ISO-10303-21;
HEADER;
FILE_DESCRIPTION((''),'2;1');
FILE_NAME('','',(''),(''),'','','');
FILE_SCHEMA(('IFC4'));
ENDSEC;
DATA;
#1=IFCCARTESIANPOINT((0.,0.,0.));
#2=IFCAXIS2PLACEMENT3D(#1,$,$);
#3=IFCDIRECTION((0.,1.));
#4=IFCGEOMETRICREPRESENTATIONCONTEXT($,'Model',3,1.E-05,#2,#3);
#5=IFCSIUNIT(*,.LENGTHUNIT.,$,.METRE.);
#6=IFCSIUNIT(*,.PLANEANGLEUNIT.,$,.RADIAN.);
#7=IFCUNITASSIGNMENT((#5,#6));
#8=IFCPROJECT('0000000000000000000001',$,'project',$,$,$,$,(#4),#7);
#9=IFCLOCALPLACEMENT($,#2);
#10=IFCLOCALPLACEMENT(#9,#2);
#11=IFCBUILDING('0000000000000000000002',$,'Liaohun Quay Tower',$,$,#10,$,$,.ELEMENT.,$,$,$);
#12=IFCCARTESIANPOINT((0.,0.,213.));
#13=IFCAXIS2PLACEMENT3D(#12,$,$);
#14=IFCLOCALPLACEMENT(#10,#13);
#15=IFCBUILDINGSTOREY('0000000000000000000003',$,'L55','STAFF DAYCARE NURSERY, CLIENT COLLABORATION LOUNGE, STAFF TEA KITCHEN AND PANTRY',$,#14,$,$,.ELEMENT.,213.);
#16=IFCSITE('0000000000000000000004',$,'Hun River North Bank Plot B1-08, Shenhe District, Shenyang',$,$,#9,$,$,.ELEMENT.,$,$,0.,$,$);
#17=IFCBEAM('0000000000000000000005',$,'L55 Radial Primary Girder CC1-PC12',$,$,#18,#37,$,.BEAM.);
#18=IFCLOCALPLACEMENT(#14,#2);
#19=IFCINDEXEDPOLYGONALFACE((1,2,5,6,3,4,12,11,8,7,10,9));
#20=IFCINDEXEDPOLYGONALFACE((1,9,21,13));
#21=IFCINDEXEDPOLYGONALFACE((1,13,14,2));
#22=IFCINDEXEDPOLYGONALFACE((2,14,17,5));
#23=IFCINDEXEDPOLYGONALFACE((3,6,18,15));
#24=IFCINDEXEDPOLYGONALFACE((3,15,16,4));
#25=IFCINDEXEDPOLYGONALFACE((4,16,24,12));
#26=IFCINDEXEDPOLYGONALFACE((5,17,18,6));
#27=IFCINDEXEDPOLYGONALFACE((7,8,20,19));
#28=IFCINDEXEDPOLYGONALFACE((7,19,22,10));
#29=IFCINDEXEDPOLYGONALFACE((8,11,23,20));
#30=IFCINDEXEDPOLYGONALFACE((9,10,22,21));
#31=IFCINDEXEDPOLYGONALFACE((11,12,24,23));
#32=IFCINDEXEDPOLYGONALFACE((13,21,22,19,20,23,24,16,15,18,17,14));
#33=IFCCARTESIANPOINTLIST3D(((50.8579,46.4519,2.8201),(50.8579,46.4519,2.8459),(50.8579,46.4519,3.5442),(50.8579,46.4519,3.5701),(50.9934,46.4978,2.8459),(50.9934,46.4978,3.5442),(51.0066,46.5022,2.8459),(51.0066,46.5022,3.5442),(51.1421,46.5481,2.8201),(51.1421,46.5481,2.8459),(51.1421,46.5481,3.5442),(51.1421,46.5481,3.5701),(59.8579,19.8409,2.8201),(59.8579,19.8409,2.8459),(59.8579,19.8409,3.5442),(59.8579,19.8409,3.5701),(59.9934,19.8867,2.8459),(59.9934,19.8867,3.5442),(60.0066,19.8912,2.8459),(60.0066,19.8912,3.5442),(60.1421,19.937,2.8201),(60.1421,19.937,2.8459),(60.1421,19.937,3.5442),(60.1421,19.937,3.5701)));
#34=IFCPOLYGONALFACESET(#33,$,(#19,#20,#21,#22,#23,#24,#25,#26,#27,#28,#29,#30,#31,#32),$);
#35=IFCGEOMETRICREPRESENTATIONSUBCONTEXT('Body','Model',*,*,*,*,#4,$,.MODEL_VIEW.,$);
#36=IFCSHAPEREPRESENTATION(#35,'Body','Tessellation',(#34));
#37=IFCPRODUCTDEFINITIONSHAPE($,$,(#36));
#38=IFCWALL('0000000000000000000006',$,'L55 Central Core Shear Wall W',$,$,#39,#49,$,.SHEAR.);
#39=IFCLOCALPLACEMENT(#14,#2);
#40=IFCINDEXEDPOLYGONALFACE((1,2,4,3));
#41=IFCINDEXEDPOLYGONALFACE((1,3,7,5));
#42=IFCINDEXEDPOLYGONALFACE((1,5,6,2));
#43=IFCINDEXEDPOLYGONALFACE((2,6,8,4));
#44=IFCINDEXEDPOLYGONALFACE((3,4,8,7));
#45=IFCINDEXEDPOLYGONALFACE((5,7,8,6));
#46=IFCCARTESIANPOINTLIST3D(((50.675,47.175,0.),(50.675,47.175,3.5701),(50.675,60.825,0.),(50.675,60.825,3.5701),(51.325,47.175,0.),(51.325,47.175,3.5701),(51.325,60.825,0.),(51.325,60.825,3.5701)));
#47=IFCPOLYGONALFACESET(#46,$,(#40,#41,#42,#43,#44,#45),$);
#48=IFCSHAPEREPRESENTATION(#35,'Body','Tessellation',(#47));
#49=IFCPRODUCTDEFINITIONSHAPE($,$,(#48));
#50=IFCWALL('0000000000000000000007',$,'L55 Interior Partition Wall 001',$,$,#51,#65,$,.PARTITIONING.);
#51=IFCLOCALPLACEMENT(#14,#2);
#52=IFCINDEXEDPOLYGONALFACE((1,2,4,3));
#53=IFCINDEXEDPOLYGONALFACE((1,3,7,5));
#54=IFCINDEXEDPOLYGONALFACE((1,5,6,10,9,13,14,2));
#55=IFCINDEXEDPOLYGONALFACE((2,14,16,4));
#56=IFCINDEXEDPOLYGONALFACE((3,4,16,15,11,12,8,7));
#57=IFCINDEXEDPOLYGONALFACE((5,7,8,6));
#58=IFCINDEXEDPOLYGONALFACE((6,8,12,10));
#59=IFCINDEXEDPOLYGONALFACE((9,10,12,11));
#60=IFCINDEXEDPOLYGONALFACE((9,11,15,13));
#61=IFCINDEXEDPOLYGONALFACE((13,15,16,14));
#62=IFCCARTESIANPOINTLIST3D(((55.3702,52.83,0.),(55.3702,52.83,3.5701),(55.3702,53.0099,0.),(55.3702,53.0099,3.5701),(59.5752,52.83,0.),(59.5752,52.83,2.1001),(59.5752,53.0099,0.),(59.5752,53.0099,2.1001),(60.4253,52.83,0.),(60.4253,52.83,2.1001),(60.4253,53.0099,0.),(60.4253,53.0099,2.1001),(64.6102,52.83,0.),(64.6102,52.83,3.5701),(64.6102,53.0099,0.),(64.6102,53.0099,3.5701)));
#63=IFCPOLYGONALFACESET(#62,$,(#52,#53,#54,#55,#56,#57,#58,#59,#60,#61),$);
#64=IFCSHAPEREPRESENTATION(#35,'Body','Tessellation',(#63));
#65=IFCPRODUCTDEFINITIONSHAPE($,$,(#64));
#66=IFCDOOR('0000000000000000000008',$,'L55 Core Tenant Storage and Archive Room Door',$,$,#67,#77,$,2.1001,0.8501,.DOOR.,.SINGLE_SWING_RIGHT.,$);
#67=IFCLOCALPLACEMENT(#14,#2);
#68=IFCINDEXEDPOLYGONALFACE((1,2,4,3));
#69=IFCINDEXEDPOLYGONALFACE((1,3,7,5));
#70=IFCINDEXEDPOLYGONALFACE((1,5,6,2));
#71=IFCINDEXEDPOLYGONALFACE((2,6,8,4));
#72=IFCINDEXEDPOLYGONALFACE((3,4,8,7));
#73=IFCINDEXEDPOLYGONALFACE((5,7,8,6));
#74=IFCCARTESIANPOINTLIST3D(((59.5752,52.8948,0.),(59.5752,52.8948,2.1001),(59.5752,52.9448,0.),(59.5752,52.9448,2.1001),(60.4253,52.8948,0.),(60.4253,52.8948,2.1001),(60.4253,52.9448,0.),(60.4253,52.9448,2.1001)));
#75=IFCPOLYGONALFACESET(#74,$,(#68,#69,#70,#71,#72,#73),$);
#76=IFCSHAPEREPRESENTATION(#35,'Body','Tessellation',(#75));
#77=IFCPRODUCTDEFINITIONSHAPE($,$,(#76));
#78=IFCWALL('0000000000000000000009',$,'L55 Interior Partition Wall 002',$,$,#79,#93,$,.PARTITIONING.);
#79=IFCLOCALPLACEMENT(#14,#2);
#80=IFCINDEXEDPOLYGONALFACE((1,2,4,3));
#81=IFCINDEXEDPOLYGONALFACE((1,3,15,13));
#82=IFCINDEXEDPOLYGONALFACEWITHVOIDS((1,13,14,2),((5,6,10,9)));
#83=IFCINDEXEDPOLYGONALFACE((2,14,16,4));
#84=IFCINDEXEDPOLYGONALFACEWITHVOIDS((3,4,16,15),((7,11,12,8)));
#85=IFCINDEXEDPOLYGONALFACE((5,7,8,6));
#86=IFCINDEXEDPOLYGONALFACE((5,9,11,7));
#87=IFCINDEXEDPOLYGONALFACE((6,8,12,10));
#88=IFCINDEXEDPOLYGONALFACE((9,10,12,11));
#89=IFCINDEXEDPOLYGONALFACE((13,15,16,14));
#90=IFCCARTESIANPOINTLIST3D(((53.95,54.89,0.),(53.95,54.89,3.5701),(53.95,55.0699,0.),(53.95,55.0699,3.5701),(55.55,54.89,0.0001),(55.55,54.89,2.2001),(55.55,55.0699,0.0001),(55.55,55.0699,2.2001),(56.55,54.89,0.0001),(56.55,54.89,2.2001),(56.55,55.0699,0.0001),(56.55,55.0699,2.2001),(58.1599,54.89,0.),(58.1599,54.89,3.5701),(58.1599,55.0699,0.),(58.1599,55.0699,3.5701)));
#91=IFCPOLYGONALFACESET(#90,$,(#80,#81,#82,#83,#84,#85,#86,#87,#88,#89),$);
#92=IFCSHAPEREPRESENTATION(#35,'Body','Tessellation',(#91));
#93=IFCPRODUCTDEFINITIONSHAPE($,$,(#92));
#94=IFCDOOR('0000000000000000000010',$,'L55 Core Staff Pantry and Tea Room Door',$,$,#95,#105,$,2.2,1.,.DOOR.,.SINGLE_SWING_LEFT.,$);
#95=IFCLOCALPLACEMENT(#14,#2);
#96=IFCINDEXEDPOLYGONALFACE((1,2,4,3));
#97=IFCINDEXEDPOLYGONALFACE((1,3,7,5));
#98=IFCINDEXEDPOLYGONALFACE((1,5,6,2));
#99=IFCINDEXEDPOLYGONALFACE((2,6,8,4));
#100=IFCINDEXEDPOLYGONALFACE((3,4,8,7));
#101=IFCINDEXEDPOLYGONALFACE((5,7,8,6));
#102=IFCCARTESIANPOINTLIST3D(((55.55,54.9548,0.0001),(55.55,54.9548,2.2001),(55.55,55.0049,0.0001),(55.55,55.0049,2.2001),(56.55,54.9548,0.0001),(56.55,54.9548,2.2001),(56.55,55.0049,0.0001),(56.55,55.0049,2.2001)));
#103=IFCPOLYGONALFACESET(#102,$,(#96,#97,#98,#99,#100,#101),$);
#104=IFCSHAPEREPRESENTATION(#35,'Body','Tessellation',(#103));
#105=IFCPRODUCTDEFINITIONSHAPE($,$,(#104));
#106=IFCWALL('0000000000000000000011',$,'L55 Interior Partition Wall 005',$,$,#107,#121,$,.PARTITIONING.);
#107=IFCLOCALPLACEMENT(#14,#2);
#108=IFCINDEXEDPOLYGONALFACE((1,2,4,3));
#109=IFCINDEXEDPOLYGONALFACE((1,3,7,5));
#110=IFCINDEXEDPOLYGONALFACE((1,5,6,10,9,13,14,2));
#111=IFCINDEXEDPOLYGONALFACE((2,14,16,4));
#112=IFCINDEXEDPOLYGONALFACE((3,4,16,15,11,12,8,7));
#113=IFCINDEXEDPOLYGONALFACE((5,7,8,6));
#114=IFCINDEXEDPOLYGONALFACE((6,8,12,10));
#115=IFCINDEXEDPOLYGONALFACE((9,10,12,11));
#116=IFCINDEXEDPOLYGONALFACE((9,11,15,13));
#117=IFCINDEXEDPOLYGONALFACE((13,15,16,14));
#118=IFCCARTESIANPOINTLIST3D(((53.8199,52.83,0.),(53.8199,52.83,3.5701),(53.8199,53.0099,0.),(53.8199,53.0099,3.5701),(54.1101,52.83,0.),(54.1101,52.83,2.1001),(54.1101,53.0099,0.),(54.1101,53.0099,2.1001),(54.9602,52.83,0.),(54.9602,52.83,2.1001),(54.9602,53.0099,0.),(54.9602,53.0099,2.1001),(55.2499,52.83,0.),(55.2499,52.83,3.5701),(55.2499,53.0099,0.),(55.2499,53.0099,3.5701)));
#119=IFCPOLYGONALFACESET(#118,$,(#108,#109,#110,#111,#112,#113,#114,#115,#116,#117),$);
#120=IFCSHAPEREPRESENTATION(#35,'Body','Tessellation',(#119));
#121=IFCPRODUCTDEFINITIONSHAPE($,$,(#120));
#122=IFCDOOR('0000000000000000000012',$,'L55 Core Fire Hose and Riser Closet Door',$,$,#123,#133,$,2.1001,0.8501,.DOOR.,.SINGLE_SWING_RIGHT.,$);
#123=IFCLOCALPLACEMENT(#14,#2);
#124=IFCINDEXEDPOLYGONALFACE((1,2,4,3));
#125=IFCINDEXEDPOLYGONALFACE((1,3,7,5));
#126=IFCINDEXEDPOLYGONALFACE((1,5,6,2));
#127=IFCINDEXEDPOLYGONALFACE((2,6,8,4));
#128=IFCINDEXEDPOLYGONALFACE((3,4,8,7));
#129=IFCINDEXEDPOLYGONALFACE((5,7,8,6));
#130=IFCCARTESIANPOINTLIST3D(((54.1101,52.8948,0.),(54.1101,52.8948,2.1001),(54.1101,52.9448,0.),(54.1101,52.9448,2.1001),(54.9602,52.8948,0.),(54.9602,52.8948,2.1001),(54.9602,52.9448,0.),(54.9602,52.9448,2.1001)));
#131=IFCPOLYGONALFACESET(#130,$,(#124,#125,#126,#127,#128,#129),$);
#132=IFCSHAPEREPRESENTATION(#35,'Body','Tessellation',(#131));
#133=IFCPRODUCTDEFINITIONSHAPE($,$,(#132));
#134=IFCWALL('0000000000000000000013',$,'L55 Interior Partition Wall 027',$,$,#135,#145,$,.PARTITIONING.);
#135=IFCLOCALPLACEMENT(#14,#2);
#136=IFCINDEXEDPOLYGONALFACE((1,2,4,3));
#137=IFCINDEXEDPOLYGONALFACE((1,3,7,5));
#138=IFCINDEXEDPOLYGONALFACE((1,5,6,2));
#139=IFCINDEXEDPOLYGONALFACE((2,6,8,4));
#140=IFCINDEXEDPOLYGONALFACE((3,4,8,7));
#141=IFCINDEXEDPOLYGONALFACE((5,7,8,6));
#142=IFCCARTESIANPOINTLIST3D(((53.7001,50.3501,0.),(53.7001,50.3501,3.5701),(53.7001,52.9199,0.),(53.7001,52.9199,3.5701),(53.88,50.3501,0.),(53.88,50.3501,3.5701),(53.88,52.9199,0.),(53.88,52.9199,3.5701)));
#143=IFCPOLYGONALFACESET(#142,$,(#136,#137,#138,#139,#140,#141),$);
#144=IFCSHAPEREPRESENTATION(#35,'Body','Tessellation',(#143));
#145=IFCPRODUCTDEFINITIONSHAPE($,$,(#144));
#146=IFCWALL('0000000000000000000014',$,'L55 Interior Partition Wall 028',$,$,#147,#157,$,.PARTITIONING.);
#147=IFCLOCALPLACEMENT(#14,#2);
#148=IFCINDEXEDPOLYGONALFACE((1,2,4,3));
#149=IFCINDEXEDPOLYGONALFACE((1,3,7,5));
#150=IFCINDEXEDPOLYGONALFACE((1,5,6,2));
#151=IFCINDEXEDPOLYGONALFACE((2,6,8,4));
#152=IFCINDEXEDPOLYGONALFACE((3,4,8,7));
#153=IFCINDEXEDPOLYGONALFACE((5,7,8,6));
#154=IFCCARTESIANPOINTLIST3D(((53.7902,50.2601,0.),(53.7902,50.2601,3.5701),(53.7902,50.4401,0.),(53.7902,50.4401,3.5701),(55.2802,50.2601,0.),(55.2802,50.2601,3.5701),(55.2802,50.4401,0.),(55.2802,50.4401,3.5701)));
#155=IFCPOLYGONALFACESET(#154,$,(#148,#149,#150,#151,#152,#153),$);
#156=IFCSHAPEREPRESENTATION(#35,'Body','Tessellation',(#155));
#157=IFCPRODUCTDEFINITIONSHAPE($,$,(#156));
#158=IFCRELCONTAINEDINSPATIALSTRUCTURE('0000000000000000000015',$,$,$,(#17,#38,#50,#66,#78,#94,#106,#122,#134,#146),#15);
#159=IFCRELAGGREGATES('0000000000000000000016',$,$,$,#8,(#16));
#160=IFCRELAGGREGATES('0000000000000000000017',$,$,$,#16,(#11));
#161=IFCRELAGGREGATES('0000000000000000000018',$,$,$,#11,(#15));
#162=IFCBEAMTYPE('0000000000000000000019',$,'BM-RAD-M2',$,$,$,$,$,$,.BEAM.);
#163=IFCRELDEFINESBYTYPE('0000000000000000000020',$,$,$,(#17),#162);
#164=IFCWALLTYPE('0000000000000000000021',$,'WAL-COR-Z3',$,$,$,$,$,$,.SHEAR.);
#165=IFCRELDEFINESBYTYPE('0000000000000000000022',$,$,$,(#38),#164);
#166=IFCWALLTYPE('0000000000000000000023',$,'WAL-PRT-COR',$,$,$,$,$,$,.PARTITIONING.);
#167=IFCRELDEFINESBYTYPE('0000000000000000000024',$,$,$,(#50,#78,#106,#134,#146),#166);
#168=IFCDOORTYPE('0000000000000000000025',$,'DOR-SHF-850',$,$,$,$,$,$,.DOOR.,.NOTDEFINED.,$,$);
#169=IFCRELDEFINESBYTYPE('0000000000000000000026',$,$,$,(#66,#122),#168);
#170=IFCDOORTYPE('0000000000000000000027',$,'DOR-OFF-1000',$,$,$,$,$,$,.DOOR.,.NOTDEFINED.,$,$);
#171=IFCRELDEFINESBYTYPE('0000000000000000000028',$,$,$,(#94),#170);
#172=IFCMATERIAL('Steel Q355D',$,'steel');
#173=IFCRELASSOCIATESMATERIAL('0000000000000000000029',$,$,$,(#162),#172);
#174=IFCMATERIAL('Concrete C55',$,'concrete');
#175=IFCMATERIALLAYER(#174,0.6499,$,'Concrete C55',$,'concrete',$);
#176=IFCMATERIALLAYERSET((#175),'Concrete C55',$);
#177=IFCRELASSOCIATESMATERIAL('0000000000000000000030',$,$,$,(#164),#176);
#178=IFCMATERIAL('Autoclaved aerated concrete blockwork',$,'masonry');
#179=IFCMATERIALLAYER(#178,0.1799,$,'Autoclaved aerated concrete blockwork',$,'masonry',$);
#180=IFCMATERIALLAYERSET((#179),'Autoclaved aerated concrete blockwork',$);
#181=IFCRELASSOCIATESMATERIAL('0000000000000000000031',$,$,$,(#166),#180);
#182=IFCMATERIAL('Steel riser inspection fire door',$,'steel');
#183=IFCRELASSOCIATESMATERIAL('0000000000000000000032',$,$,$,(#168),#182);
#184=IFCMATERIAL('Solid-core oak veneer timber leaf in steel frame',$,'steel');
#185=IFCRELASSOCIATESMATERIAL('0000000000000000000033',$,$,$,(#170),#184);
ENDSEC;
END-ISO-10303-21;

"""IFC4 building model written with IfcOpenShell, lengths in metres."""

from ifc_helpers import new_model, si_unit, direction, frame, frame_2d, origin, origin_2d, place, context, subcontext, project, spatial, rectangle, i_section, extrude, source, transform, mapped, material, layer, layer_set, material_profile, profile_set, type_object, element, fill, save


model = new_model("IFC4")

# Units and contexts
model_context = context("Model", 3, precision=1e-05, world=origin(), true_north=direction((0.0, 1.0)))
body_context = subcontext(model_context, "Body", "Model", "MODEL_VIEW")
ifc_project = project(units=[si_unit("LENGTHUNIT", "METRE"), si_unit("PLANEANGLEUNIT", "RADIAN")], contexts=[model_context])

# Site, building, storey
site_placement = place(None, origin())
site = spatial("IfcSite", under=ifc_project, at=site_placement, Name="Hun River North Bank Plot B1-08, Shenhe District, Shenyang", CompositionType="ELEMENT", RefElevation=0.0)
building_placement = place(site_placement, origin())
building = spatial("IfcBuilding", under=site, at=building_placement, Name="Liaohun Quay Tower", CompositionType="ELEMENT")
storey_placement = place(building_placement, frame((0.0, 0.0, 213.0)))
storey = spatial("IfcBuildingStorey", under=building, at=storey_placement, Name="L55", Description="STAFF DAYCARE NURSERY, CLIENT COLLABORATION LOUNGE, STAFF TEA KITCHEN AND PANTRY", CompositionType="ELEMENT", Elevation=213.0)

# Beam
ifc_material_1 = material(Name="Steel Q355D", Category="steel")
ifc_material_profile = material_profile(ifc_material_1, i_section(OverallWidth=0.3, OverallDepth=0.75, WebThickness=0.0139, FlangeThickness=0.0259, at=origin_2d()), Name="HN750x300x14x26")
ifc_profile_set = profile_set([ifc_material_profile], Name="Steel Q355D")
beam_type = type_object("IfcBeamType", Name="BM-RAD-M2", PredefinedType="BEAM", material=ifc_profile_set)
shared_shape_1 = source(origin(), body_context, "Body", "SweptSolid", [
    extrude(i_section(OverallWidth=0.3, OverallDepth=0.75, WebThickness=0.0139, FlangeThickness=0.0259, at=origin_2d()), origin(), (0.0, 0.0, 1.0), 28.0918),
])
beam_placement = place(storey_placement, frame((51.0, 46.5, 3.1951), z_axis=(0.320378, -0.94729, 0.0), x_axis=(0.94729, 0.320378, 0.0)))
element("IfcBeam", 1, at=beam_placement, inside=storey, type_object=beam_type, Name="L55 Radial Primary Girder CC1-PC12", PredefinedType="BEAM", context=body_context, shape_type="MappedRepresentation", body=[
    mapped(shared_shape_1, transform((0.0, 0.0, 0.0), x_axis=(1.0, 0.0, 0.0), y_axis=(0.0, 1.0, 0.0), z_axis=(0.0, 0.0, 1.0), scale=1.0)),
])

# Wall
ifc_material_2 = material(Name="Concrete C55", Category="concrete")
ifc_layer_1 = layer(ifc_material_2, 0.6499, Name="Concrete C55", Category="concrete")
ifc_layer_set_1 = layer_set([ifc_layer_1], Name="Concrete C55")
wall_type_1 = type_object("IfcWallType", Name="WAL-COR-Z3", PredefinedType="SHEAR", material=ifc_layer_set_1)
wall_1_placement = place(storey_placement, frame((51.0, 47.175, 0.0), z_axis=(0.0, 0.0, 1.0), x_axis=(0.0, 1.0, 0.0)))
element("IfcWall", 2, at=wall_1_placement, inside=storey, type_object=wall_type_1, Name="L55 Central Core Shear Wall W", PredefinedType="SHEAR", context=body_context, shape_type="SweptSolid", body=[
    extrude(rectangle(XDim=13.6499, YDim=0.6499, at=frame_2d((6.825, 0.0))), origin(), (0.0, 0.0, 1.0), 3.5701),
])

# Walls, openings, doors
ifc_material_3 = material(Name="Autoclaved aerated concrete blockwork", Category="masonry")
ifc_layer_2 = layer(ifc_material_3, 0.1799, Name="Autoclaved aerated concrete blockwork", Category="masonry")
ifc_layer_set_2 = layer_set([ifc_layer_2], Name="Autoclaved aerated concrete blockwork")
wall_type_2 = type_object("IfcWallType", Name="WAL-PRT-COR", PredefinedType="PARTITIONING", material=ifc_layer_set_2)
wall_2_placement = place(storey_placement, frame((55.3701, 52.9199, 0.0), z_axis=(0.0, 0.0, 1.0), x_axis=(1.0, 0.0, 0.0)))
wall_2 = element("IfcWall", 3, at=wall_2_placement, inside=storey, type_object=wall_type_2, Name="L55 Interior Partition Wall 001", PredefinedType="PARTITIONING", context=body_context, shape_type="SweptSolid", body=[
    extrude(rectangle(XDim=9.24, YDim=0.1799, at=frame_2d((4.6201, 0.0))), origin(), (0.0, 0.0, 1.0), 3.5701),
])
shared_shape_2 = source(origin(), body_context, "Body", "SweptSolid", [
    extrude(rectangle(XDim=0.8501, YDim=2.1001, at=frame_2d((0.425, 1.05))), frame((0.0, 0.0999, 0.0), z_axis=(0.0, -1.0, 0.0), x_axis=(1.0, 0.0, 0.0)), (0.0, 0.0, 1.0), 0.2),
])
opening_1_placement = place(wall_2_placement, frame((4.2051, 0.0, 0.0)))
opening_1 = element("IfcOpeningElement", 4, at=opening_1_placement, cuts=wall_2, PredefinedType="OPENING", context=body_context, shape_type="MappedRepresentation", body=[
    mapped(shared_shape_2, transform((0.0, 0.0, 0.0), x_axis=(1.0, 0.0, 0.0), y_axis=(0.0, 1.0, 0.0), z_axis=(0.0, 0.0, 1.0), scale=1.0)),
])
ifc_material_4 = material(Name="Steel riser inspection fire door", Category="steel")
door_type_1 = type_object("IfcDoorType", Name="DOR-SHF-850", OperationType="NOTDEFINED", PredefinedType="DOOR", material=ifc_material_4)
shared_shape_3 = source(origin(), body_context, "Body", "SweptSolid", [
    extrude(rectangle(XDim=0.8501, YDim=2.1001, at=frame_2d((0.425, 1.05))), frame((0.0, 0.0249, 0.0), z_axis=(0.0, -1.0, 0.0), x_axis=(1.0, 0.0, 0.0)), (0.0, 0.0, 1.0), 0.05),
])
door_1_placement = place(opening_1_placement, origin())
door_1 = element("IfcDoor", 5, at=door_1_placement, inside=storey, type_object=door_type_1, Name="L55 Core Tenant Storage and Archive Room Door", OperationType="SINGLE_SWING_RIGHT", OverallHeight=2.1001, OverallWidth=0.8501, PredefinedType="DOOR", context=body_context, shape_type="MappedRepresentation", body=[
    mapped(shared_shape_3, transform((0.0, 0.0, 0.0), x_axis=(1.0, 0.0, 0.0), y_axis=(0.0, 1.0, 0.0), z_axis=(0.0, 0.0, 1.0), scale=1.0)),
])
fill(opening_1, door_1)
wall_3_placement = place(storey_placement, frame((53.95, 54.98, 0.0), z_axis=(0.0, 0.0, 1.0), x_axis=(1.0, 0.0, 0.0)))
wall_3 = element("IfcWall", 6, at=wall_3_placement, inside=storey, type_object=wall_type_2, Name="L55 Interior Partition Wall 002", PredefinedType="PARTITIONING", context=body_context, shape_type="SweptSolid", body=[
    extrude(rectangle(XDim=4.21, YDim=0.1799, at=frame_2d((2.105, 0.0))), origin(), (0.0, 0.0, 1.0), 3.5701),
])
shared_shape_4 = source(origin(), body_context, "Body", "SweptSolid", [
    extrude(rectangle(XDim=1.0, YDim=2.2, at=frame_2d((0.5, 1.1001))), frame((0.0, 0.0999, 0.0), z_axis=(0.0, -1.0, 0.0), x_axis=(1.0, 0.0, 0.0)), (0.0, 0.0, 1.0), 0.2),
])
opening_2_placement = place(wall_3_placement, frame((1.6001, 0.0, 0.0)))
opening_2 = element("IfcOpeningElement", 7, at=opening_2_placement, cuts=wall_3, PredefinedType="OPENING", context=body_context, shape_type="MappedRepresentation", body=[
    mapped(shared_shape_4, transform((0.0, 0.0, 0.0), x_axis=(1.0, 0.0, 0.0), y_axis=(0.0, 1.0, 0.0), z_axis=(0.0, 0.0, 1.0), scale=1.0)),
])
ifc_material_5 = material(Name="Solid-core oak veneer timber leaf in steel frame", Category="steel")
door_type_2 = type_object("IfcDoorType", Name="DOR-OFF-1000", OperationType="NOTDEFINED", PredefinedType="DOOR", material=ifc_material_5)
shared_shape_5 = source(origin(), body_context, "Body", "SweptSolid", [
    extrude(rectangle(XDim=1.0, YDim=2.2, at=frame_2d((0.5, 1.1001))), frame((0.0, 0.0249, 0.0), z_axis=(0.0, -1.0, 0.0), x_axis=(1.0, 0.0, 0.0)), (0.0, 0.0, 1.0), 0.05),
])
door_2_placement = place(opening_2_placement, origin())
door_2 = element("IfcDoor", 8, at=door_2_placement, inside=storey, type_object=door_type_2, Name="L55 Core Staff Pantry and Tea Room Door", OperationType="SINGLE_SWING_LEFT", OverallHeight=2.2, OverallWidth=1.0, PredefinedType="DOOR", context=body_context, shape_type="MappedRepresentation", body=[
    mapped(shared_shape_5, transform((0.0, 0.0, 0.0), x_axis=(1.0, 0.0, 0.0), y_axis=(0.0, 1.0, 0.0), z_axis=(0.0, 0.0, 1.0), scale=1.0)),
])
fill(opening_2, door_2)
wall_4_placement = place(storey_placement, frame((53.8201, 52.9199, 0.0), z_axis=(0.0, 0.0, 1.0), x_axis=(1.0, 0.0, 0.0)))
wall_4 = element("IfcWall", 9, at=wall_4_placement, inside=storey, type_object=wall_type_2, Name="L55 Interior Partition Wall 005", PredefinedType="PARTITIONING", context=body_context, shape_type="SweptSolid", body=[
    extrude(rectangle(XDim=1.4299, YDim=0.1799, at=frame_2d((0.7148, 0.0))), origin(), (0.0, 0.0, 1.0), 3.5701),
])
opening_3_placement = place(wall_4_placement, frame((0.29, 0.0, 0.0)))
opening_3 = element("IfcOpeningElement", 10, at=opening_3_placement, cuts=wall_4, PredefinedType="OPENING", context=body_context, shape_type="MappedRepresentation", body=[
    mapped(shared_shape_2, transform((0.0, 0.0, 0.0), x_axis=(1.0, 0.0, 0.0), y_axis=(0.0, 1.0, 0.0), z_axis=(0.0, 0.0, 1.0), scale=1.0)),
])
door_3_placement = place(opening_3_placement, origin())
door_3 = element("IfcDoor", 11, at=door_3_placement, inside=storey, type_object=door_type_1, Name="L55 Core Fire Hose and Riser Closet Door", OperationType="SINGLE_SWING_RIGHT", OverallHeight=2.1001, OverallWidth=0.8501, PredefinedType="DOOR", context=body_context, shape_type="MappedRepresentation", body=[
    mapped(shared_shape_3, transform((0.0, 0.0, 0.0), x_axis=(1.0, 0.0, 0.0), y_axis=(0.0, 1.0, 0.0), z_axis=(0.0, 0.0, 1.0), scale=1.0)),
])
fill(opening_3, door_3)

# Walls
wall_5_placement = place(storey_placement, frame((53.79, 50.3501, 0.0), z_axis=(0.0, 0.0, 1.0), x_axis=(0.0, 1.0, 0.0)))
element("IfcWall", 12, at=wall_5_placement, inside=storey, type_object=wall_type_2, Name="L55 Interior Partition Wall 027", PredefinedType="PARTITIONING", context=body_context, shape_type="SweptSolid", body=[
    extrude(rectangle(XDim=2.5698, YDim=0.1799, at=frame_2d((1.2849, 0.0))), origin(), (0.0, 0.0, 1.0), 3.5701),
])
wall_6_placement = place(storey_placement, frame((53.79, 50.3501, 0.0), z_axis=(0.0, 0.0, 1.0), x_axis=(1.0, 0.0, 0.0)))
element("IfcWall", 13, at=wall_6_placement, inside=storey, type_object=wall_type_2, Name="L55 Interior Partition Wall 028", PredefinedType="PARTITIONING", context=body_context, shape_type="SweptSolid", body=[
    extrude(rectangle(XDim=1.49, YDim=0.1799, at=frame_2d((0.7451, 0.0))), origin(), (0.0, 0.0, 1.0), 3.5701),
])

save(model, "model.ifc")
